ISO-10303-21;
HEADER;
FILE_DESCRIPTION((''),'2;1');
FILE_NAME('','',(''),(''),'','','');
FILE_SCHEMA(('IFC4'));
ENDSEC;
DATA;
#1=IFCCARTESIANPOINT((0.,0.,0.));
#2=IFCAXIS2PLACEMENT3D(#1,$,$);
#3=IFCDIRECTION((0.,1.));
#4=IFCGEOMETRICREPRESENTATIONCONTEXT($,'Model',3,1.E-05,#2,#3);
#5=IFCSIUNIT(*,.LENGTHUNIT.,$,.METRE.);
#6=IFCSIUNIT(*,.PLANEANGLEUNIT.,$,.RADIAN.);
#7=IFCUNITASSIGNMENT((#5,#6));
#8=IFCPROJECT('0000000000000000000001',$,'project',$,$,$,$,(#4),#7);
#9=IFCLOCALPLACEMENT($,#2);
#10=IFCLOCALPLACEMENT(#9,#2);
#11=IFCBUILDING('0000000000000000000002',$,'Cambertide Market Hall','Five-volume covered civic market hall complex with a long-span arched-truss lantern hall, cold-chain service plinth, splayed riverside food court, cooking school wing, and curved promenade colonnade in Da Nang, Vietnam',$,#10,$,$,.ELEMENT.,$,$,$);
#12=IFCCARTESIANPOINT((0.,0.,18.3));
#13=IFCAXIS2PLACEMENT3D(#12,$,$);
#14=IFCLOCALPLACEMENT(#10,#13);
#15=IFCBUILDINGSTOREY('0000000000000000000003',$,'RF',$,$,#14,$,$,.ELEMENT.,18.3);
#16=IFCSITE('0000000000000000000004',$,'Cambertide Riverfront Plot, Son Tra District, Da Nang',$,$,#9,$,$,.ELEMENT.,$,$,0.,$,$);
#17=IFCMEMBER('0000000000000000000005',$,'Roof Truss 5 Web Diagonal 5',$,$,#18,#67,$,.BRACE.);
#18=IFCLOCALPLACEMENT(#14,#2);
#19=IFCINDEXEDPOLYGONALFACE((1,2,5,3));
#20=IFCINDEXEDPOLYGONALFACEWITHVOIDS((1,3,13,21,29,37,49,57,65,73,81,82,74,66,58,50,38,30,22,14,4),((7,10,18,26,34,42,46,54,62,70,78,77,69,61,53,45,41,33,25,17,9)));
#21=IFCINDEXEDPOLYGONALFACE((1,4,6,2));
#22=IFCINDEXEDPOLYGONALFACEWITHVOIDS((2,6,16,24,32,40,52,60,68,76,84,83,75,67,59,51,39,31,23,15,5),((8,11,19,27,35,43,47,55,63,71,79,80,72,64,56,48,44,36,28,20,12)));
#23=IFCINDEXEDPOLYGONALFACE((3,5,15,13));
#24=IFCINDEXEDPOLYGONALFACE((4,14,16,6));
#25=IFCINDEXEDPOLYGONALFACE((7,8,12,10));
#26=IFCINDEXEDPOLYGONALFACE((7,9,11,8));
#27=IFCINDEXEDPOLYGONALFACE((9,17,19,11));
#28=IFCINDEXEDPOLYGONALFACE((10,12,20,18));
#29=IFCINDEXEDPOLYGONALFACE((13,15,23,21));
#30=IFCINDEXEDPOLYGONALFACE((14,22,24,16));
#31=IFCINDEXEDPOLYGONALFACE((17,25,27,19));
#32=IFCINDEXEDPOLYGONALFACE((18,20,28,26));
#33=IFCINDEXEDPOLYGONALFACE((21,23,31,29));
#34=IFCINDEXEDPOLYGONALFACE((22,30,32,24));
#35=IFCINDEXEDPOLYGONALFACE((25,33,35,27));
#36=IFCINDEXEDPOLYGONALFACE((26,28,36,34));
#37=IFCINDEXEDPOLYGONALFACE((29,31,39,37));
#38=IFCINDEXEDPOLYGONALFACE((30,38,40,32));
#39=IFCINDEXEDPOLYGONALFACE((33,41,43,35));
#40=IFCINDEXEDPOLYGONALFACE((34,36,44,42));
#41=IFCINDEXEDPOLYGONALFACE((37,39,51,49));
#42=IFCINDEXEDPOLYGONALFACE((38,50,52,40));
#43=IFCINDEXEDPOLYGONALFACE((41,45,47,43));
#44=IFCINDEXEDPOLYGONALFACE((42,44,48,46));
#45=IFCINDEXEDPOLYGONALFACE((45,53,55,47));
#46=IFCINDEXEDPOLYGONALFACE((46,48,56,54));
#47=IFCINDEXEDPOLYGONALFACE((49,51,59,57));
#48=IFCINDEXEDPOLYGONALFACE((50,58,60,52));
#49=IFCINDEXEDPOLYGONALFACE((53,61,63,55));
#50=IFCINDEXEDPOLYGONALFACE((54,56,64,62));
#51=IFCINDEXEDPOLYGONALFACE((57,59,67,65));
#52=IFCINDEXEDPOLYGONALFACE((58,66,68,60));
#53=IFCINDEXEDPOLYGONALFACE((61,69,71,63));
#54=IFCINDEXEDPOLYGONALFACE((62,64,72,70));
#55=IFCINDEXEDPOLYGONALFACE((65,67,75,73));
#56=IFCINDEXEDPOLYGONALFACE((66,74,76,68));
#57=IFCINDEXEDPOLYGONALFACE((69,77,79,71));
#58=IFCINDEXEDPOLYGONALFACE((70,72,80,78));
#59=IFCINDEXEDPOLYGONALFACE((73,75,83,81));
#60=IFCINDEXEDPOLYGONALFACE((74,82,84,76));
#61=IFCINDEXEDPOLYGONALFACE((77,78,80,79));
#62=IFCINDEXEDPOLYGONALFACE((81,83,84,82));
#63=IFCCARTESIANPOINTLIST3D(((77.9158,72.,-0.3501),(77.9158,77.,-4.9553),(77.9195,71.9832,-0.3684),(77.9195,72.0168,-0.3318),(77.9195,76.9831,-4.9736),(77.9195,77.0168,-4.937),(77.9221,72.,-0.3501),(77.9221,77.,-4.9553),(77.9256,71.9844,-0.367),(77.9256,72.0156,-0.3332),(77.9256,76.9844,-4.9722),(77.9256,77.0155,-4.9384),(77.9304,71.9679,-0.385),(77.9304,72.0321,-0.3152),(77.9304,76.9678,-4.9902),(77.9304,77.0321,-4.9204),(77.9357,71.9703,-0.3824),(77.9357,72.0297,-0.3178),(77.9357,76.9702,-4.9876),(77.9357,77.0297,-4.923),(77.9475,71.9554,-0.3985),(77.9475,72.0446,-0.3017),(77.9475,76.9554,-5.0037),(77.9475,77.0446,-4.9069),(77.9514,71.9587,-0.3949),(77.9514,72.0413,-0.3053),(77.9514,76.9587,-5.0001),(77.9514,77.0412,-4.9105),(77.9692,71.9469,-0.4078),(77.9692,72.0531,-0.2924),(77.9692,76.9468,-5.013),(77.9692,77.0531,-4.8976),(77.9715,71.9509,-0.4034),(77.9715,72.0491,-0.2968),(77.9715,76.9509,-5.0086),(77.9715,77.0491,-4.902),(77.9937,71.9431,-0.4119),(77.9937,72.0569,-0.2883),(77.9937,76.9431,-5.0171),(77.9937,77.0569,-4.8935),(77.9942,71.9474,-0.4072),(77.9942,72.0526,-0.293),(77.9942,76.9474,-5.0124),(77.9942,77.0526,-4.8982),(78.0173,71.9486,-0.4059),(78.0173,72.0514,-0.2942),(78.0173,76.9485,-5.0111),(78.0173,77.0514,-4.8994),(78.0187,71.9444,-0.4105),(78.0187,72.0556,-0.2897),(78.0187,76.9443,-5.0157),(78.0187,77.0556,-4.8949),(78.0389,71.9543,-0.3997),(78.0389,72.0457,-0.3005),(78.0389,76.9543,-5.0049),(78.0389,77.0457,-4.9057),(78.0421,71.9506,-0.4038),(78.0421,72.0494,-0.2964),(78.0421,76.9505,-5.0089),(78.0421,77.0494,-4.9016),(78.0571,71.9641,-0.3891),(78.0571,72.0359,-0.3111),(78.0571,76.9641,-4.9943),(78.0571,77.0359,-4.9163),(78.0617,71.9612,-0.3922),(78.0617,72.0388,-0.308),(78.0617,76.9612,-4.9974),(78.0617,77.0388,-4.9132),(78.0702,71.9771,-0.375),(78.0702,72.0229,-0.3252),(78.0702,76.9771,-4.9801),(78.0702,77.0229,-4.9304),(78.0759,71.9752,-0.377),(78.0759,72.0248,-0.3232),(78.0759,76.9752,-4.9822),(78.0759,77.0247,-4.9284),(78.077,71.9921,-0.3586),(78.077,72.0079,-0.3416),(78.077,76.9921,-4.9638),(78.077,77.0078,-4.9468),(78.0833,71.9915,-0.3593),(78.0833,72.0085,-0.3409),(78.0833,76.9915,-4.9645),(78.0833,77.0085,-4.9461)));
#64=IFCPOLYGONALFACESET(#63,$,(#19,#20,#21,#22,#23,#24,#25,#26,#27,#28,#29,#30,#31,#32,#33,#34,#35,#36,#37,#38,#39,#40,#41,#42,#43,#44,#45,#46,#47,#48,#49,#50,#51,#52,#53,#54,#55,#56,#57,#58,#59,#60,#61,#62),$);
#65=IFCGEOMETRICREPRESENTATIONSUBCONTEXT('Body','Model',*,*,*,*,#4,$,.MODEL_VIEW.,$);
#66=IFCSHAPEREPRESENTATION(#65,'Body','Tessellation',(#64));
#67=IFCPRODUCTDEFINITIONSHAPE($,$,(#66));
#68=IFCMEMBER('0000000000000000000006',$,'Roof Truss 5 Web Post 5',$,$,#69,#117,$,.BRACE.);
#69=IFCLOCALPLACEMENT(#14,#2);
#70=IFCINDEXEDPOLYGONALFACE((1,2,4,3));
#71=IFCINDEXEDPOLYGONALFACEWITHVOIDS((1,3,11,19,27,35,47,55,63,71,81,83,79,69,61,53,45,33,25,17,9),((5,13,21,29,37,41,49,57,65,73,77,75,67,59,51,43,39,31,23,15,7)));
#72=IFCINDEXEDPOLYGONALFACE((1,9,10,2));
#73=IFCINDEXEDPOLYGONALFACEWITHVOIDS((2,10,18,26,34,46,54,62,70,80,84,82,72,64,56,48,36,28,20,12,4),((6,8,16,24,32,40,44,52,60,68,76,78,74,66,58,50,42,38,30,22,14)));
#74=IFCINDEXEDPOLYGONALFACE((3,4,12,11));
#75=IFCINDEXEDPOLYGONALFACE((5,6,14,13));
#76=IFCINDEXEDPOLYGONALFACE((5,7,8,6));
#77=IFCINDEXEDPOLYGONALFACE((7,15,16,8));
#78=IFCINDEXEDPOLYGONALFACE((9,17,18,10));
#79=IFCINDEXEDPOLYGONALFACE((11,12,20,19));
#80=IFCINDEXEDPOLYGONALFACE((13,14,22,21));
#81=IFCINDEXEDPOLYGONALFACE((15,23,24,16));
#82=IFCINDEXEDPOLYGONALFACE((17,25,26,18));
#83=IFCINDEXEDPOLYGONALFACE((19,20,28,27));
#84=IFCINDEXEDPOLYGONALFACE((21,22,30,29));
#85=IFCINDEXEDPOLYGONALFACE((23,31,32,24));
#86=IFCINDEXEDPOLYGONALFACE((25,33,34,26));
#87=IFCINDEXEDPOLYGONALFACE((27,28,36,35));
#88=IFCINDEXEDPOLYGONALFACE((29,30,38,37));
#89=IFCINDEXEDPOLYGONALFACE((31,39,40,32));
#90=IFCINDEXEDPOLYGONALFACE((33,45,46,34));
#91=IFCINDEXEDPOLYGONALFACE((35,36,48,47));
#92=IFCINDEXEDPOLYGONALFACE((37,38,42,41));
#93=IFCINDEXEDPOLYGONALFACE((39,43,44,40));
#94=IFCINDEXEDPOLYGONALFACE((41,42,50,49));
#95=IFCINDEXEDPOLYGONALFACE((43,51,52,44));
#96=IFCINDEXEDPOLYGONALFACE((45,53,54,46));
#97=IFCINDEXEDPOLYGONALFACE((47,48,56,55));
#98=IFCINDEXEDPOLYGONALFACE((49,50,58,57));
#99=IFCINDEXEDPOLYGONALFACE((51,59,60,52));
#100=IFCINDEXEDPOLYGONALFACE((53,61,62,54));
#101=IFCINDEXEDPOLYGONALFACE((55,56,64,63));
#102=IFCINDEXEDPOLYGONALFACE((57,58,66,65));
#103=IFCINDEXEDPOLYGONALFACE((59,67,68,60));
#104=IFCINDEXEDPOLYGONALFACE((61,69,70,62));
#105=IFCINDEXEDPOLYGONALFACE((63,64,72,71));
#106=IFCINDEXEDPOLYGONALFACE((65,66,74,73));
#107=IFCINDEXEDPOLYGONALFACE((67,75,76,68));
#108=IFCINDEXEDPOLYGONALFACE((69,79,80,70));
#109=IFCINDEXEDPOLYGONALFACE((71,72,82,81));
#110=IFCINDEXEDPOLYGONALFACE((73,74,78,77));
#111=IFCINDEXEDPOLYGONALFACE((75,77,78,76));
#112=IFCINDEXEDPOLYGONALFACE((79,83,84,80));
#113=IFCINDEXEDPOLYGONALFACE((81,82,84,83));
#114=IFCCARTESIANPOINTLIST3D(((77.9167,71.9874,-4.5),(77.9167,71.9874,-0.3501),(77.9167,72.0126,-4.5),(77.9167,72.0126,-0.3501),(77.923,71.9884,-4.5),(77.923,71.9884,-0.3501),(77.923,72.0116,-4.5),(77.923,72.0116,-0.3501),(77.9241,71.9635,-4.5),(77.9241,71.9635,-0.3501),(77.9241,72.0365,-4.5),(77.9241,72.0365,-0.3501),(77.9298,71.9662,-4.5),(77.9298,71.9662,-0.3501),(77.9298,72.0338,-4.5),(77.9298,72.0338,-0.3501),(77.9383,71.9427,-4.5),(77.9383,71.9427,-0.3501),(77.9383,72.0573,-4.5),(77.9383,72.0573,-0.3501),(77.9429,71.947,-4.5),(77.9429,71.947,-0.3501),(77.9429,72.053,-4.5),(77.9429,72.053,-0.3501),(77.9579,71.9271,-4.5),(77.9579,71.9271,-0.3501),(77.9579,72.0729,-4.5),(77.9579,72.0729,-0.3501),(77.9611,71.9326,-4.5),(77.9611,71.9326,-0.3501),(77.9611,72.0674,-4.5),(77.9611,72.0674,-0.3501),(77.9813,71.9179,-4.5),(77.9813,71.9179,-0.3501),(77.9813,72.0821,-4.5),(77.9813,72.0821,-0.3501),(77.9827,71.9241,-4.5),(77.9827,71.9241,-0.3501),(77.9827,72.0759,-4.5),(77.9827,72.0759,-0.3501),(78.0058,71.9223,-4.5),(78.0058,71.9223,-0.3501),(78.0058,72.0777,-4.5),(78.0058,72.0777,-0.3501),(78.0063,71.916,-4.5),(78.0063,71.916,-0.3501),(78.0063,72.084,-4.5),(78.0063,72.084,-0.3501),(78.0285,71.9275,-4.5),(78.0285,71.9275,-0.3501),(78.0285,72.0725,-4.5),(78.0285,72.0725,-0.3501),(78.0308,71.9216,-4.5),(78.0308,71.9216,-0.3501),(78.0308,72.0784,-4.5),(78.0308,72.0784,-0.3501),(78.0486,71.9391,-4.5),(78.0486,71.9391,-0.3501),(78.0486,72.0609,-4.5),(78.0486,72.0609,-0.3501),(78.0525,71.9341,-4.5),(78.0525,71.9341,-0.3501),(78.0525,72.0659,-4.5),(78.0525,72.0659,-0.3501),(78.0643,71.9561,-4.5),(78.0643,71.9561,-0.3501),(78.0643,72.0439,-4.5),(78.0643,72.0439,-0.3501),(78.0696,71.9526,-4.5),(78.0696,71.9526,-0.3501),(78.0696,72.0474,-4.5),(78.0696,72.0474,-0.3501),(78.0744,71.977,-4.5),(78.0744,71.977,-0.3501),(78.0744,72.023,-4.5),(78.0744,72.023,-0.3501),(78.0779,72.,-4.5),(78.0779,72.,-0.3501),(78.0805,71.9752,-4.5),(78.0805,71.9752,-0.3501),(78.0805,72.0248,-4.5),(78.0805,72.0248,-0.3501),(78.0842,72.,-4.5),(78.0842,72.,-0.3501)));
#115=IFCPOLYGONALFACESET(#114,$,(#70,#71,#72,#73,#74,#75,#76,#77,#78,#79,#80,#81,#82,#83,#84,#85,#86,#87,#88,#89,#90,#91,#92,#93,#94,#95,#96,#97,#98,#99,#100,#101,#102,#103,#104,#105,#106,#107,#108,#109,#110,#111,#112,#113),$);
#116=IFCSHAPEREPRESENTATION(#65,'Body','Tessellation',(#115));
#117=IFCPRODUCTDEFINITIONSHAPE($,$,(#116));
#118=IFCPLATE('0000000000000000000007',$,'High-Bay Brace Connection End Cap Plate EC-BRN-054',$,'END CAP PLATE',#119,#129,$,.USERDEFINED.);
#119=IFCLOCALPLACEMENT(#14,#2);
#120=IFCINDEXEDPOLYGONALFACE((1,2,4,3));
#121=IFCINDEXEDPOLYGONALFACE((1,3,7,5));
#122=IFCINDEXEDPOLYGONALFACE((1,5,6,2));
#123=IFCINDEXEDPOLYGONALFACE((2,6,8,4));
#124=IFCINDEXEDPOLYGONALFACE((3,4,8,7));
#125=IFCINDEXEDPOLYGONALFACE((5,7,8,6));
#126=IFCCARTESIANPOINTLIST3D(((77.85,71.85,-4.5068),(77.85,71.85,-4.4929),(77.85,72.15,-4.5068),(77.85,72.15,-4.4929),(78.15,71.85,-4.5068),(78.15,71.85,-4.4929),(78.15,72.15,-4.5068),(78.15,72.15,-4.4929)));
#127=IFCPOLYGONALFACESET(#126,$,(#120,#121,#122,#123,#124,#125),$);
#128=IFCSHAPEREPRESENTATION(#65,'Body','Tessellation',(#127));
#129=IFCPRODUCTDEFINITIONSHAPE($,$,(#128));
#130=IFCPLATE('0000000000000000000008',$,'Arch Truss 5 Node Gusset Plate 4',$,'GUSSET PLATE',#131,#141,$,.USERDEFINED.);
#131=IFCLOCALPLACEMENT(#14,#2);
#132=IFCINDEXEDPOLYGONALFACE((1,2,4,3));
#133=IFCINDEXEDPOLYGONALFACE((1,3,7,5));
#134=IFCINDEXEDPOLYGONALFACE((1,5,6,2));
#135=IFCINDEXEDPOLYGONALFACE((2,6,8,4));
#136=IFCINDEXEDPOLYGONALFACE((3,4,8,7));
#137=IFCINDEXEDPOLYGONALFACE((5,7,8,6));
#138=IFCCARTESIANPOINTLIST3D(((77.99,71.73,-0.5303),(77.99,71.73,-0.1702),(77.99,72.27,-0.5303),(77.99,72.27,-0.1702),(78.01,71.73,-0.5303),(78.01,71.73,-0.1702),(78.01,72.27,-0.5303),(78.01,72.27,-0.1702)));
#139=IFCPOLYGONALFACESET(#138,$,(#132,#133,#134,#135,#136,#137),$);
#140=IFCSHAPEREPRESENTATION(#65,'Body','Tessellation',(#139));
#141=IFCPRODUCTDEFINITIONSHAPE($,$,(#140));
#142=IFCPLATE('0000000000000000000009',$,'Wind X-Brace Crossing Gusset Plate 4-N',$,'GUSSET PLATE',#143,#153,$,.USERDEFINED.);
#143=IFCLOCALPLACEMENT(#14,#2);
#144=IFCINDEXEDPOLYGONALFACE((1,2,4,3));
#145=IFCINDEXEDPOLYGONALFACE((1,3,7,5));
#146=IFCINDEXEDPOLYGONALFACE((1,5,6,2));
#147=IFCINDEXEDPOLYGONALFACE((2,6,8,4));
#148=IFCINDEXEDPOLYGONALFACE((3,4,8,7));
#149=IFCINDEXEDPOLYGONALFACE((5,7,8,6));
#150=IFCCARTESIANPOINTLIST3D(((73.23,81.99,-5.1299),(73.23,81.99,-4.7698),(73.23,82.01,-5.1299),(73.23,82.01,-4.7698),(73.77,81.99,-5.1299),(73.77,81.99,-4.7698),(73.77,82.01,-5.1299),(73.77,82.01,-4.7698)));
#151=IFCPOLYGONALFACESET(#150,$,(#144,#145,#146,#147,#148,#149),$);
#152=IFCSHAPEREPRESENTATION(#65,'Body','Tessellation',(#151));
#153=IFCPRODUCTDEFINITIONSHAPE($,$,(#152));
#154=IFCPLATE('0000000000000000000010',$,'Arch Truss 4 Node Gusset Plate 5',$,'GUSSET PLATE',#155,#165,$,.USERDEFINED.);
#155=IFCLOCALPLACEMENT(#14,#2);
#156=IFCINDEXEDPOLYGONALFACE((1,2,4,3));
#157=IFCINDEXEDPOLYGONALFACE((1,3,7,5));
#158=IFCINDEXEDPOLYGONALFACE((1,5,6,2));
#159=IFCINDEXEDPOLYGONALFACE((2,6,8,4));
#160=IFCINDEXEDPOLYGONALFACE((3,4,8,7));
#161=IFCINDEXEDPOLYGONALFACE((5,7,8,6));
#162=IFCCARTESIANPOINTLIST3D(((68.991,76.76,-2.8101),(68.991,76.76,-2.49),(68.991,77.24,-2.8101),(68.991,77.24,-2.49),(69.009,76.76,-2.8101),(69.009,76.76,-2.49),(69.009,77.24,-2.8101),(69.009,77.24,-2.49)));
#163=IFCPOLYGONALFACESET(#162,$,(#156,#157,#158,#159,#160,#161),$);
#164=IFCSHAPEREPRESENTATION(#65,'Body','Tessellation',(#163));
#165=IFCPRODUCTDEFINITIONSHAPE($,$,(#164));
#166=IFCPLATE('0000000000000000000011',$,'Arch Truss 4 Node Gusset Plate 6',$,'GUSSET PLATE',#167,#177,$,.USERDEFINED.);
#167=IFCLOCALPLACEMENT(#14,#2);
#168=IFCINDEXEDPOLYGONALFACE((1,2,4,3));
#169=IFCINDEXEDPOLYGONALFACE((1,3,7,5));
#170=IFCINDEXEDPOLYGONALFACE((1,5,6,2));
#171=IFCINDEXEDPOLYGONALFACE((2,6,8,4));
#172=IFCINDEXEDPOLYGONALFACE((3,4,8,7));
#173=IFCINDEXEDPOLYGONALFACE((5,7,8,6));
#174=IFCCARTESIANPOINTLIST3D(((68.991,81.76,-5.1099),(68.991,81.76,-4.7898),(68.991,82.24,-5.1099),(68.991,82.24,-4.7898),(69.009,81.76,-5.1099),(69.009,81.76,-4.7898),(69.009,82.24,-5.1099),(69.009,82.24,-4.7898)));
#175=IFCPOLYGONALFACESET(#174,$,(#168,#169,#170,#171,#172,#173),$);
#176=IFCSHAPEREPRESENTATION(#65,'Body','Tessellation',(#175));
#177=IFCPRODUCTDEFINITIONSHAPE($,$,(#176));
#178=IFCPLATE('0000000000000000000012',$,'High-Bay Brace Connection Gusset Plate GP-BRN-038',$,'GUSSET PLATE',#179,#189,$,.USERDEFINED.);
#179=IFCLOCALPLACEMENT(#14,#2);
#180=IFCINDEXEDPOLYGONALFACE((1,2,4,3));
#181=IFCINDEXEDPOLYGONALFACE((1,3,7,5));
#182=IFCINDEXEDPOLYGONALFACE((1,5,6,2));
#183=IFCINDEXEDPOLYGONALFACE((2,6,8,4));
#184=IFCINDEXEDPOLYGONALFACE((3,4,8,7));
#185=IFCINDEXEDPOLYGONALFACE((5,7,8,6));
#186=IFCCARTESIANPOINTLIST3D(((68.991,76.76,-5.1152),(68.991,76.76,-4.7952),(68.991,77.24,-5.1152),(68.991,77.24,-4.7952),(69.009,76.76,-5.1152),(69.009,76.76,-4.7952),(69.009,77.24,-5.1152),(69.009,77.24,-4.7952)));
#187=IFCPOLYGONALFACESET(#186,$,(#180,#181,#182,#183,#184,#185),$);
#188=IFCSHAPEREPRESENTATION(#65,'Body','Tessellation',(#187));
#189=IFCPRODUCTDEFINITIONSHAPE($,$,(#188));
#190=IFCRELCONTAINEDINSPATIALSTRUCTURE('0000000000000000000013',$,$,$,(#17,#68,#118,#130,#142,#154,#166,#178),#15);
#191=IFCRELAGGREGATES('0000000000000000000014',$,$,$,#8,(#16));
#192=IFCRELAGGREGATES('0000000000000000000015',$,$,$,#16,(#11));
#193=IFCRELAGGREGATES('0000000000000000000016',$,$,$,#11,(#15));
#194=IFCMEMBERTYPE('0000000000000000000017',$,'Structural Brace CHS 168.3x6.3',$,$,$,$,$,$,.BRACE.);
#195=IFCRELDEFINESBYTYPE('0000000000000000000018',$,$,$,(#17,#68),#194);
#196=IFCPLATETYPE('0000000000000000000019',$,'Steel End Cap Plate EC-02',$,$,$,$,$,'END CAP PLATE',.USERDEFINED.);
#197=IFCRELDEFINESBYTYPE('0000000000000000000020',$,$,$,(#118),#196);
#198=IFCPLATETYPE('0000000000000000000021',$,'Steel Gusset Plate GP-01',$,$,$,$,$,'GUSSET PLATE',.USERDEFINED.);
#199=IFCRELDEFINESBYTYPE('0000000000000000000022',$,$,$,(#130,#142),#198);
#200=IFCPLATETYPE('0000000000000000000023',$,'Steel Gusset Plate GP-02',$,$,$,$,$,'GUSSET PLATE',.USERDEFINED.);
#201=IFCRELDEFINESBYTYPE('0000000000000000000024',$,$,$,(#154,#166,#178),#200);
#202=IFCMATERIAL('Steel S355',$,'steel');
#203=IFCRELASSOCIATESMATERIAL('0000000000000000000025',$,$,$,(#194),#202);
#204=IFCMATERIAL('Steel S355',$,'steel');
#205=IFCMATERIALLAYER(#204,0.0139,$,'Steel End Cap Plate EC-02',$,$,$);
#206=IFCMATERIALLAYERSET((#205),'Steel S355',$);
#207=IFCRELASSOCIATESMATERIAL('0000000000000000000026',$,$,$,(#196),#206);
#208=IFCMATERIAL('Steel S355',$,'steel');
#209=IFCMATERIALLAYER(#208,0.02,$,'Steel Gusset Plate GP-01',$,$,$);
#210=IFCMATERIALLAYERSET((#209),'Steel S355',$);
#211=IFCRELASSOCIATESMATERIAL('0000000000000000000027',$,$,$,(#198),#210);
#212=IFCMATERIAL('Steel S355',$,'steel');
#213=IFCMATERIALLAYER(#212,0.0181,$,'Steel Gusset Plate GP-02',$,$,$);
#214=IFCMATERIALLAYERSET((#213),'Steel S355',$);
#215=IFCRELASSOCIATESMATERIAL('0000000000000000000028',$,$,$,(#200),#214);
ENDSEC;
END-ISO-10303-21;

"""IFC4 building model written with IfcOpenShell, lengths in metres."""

from ifc_helpers import new_model, si_unit, direction, frame, origin, origin_2d, place, context, subcontext, project, spatial, rectangle, hollow_circle, extrude, material, layer, layer_set, material_profile, profile_set, type_object, element, save


model = new_model("IFC4")

# Units and contexts
model_context = context("Model", 3, precision=1e-05, world=origin(), true_north=direction((0.0, 1.0)))
body_context = subcontext(model_context, "Body", "Model", "MODEL_VIEW")
ifc_project = project(units=[si_unit("LENGTHUNIT", "METRE"), si_unit("PLANEANGLEUNIT", "RADIAN")], contexts=[model_context])

# Site, building, storey
site_placement = place(None, origin())
site = spatial("IfcSite", under=ifc_project, at=site_placement, Name="Cambertide Riverfront Plot, Son Tra District, Da Nang", CompositionType="ELEMENT", RefElevation=0.0)
building_placement = place(site_placement, origin())
building = spatial("IfcBuilding", under=site, at=building_placement, Name="Cambertide Market Hall", Description="Five-volume covered civic market hall complex with a long-span arched-truss lantern hall, cold-chain service plinth, splayed riverside food court, cooking school wing, and curved promenade colonnade in Da Nang, Vietnam", CompositionType="ELEMENT")
storey_placement = place(building_placement, frame((0.0, 0.0, 18.3)))
storey = spatial("IfcBuildingStorey", under=building, at=storey_placement, Name="RF", CompositionType="ELEMENT", Elevation=18.3)

# Members
ifc_material_1 = material(Name="Steel S355", Category="steel")
ifc_material_profile_1 = material_profile(ifc_material_1, hollow_circle(Radius=0.0842, WallThickness=0.0063, at=origin_2d()), Name="CHS 168.3x6.3")
ifc_profile_set_1 = profile_set([ifc_material_profile_1], Name="Steel S355")
member_type_1 = type_object("IfcMemberType", Name="Structural Brace CHS 168.3x6.3", PredefinedType="BRACE", material=ifc_profile_set_1)
member_1_placement = place(storey_placement, frame((78.0, 72.0, -0.3501), z_axis=(0.0, 0.735548, -0.677473), x_axis=(-1.0, 0.0, 0.0)))
element("IfcMember", 1, at=member_1_placement, inside=storey, type_object=member_type_1, Name="Roof Truss 5 Web Diagonal 5", PredefinedType="BRACE", context=body_context, shape_type="SweptSolid", body=[
    extrude(hollow_circle(Radius=0.0842, WallThickness=0.0063, at=origin_2d()), origin(), (0.0, 0.0, 1.0), 6.7976),
])
member_2_placement = place(storey_placement, frame((78.0, 72.0, -4.5), z_axis=(0.0, 0.0, 1.0), x_axis=(1.0, 0.0, 0.0)))
element("IfcMember", 2, at=member_2_placement, inside=storey, type_object=member_type_1, Name="Roof Truss 5 Web Post 5", PredefinedType="BRACE", context=body_context, shape_type="SweptSolid", body=[
    extrude(hollow_circle(Radius=0.0842, WallThickness=0.0063, at=origin_2d()), origin(), (0.0, 0.0, 1.0), 4.1499),
])

# Plates
ifc_material_2 = material(Name="Steel S355", Category="steel")
ifc_layer_1 = layer(ifc_material_2, 0.0139, Name="Steel End Cap Plate EC-02")
ifc_layer_set_1 = layer_set([ifc_layer_1], Name="Steel S355")
plate_type_1 = type_object("IfcPlateType", Name="Steel End Cap Plate EC-02", ElementType="END CAP PLATE", PredefinedType="USERDEFINED", material=ifc_layer_set_1)
plate_1_placement = place(storey_placement, frame((78.0, 72.0, -4.5068), z_axis=(0.0, 0.0, 1.0), x_axis=(1.0, 0.0, 0.0)))
element("IfcPlate", 3, at=plate_1_placement, inside=storey, type_object=plate_type_1, Name="High-Bay Brace Connection End Cap Plate EC-BRN-054", ObjectType="END CAP PLATE", PredefinedType="USERDEFINED", context=body_context, shape_type="SweptSolid", body=[
    extrude(rectangle(XDim=0.3, YDim=0.3, at=origin_2d()), origin(), (0.0, 0.0, 1.0), 0.0139),
])
ifc_material_3 = material(Name="Steel S355", Category="steel")
ifc_layer_2 = layer(ifc_material_3, 0.02, Name="Steel Gusset Plate GP-01")
ifc_layer_set_2 = layer_set([ifc_layer_2], Name="Steel S355")
plate_type_2 = type_object("IfcPlateType", Name="Steel Gusset Plate GP-01", ElementType="GUSSET PLATE", PredefinedType="USERDEFINED", material=ifc_layer_set_2)
plate_2_placement = place(storey_placement, frame((78.0, 72.0, -0.5303), z_axis=(0.0, 0.0, 1.0), x_axis=(1.0, 0.0, 0.0)))
element("IfcPlate", 4, at=plate_2_placement, inside=storey, type_object=plate_type_2, Name="Arch Truss 5 Node Gusset Plate 4", ObjectType="GUSSET PLATE", PredefinedType="USERDEFINED", context=body_context, shape_type="SweptSolid", body=[
    extrude(rectangle(XDim=0.02, YDim=0.54, at=origin_2d()), origin(), (0.0, 0.0, 1.0), 0.3601),
])
plate_3_placement = place(storey_placement, frame((73.5, 82.0, -5.1299), z_axis=(0.0, 0.0, 1.0), x_axis=(1.0, 0.0, 0.0)))
element("IfcPlate", 5, at=plate_3_placement, inside=storey, type_object=plate_type_2, Name="Wind X-Brace Crossing Gusset Plate 4-N", ObjectType="GUSSET PLATE", PredefinedType="USERDEFINED", context=body_context, shape_type="SweptSolid", body=[
    extrude(rectangle(XDim=0.54, YDim=0.02, at=origin_2d()), origin(), (0.0, 0.0, 1.0), 0.3601),
])
ifc_material_4 = material(Name="Steel S355", Category="steel")
ifc_layer_3 = layer(ifc_material_4, 0.0181, Name="Steel Gusset Plate GP-02")
ifc_layer_set_3 = layer_set([ifc_layer_3], Name="Steel S355")
plate_type_3 = type_object("IfcPlateType", Name="Steel Gusset Plate GP-02", ElementType="GUSSET PLATE", PredefinedType="USERDEFINED", material=ifc_layer_set_3)
for number, where, z_axis, x_axis, name in (
    (6, (69.0, 77.0, -2.8101), (0.0, 0.0, 1.0), (1.0, 0.0, 0.0), "Arch Truss 4 Node Gusset Plate 5"),
    (7, (69.0, 82.0, -5.1099), (0.0, 0.0, 1.0), (1.0, 0.0, 0.0), "Arch Truss 4 Node Gusset Plate 6"),
):
    element("IfcPlate", number, at=place(storey_placement, frame(where, z_axis=z_axis, x_axis=x_axis)), inside=storey, type_object=plate_type_3, Name=name, ObjectType="GUSSET PLATE", PredefinedType="USERDEFINED", context=body_context, shape_type="SweptSolid", body=[
        extrude(rectangle(XDim=0.0181, YDim=0.48, at=origin_2d()), origin(), (0.0, 0.0, 1.0), 0.3201),
    ])
for number, where, z_axis, x_axis, name in (
    (8, (69.0, 77.0, -5.1152), (0.0, 0.0, 1.0), (0.0, 1.0, 0.0), "High-Bay Brace Connection Gusset Plate GP-BRN-038"),
):
    element("IfcPlate", number, at=place(storey_placement, frame(where, z_axis=z_axis, x_axis=x_axis)), inside=storey, type_object=plate_type_3, Name=name, ObjectType="GUSSET PLATE", PredefinedType="USERDEFINED", context=body_context, shape_type="SweptSolid", body=[
        extrude(rectangle(XDim=0.48, YDim=0.0181, at=origin_2d()), origin(), (0.0, 0.0, 1.0), 0.3201),
    ])

save(model, "model.ifc")
